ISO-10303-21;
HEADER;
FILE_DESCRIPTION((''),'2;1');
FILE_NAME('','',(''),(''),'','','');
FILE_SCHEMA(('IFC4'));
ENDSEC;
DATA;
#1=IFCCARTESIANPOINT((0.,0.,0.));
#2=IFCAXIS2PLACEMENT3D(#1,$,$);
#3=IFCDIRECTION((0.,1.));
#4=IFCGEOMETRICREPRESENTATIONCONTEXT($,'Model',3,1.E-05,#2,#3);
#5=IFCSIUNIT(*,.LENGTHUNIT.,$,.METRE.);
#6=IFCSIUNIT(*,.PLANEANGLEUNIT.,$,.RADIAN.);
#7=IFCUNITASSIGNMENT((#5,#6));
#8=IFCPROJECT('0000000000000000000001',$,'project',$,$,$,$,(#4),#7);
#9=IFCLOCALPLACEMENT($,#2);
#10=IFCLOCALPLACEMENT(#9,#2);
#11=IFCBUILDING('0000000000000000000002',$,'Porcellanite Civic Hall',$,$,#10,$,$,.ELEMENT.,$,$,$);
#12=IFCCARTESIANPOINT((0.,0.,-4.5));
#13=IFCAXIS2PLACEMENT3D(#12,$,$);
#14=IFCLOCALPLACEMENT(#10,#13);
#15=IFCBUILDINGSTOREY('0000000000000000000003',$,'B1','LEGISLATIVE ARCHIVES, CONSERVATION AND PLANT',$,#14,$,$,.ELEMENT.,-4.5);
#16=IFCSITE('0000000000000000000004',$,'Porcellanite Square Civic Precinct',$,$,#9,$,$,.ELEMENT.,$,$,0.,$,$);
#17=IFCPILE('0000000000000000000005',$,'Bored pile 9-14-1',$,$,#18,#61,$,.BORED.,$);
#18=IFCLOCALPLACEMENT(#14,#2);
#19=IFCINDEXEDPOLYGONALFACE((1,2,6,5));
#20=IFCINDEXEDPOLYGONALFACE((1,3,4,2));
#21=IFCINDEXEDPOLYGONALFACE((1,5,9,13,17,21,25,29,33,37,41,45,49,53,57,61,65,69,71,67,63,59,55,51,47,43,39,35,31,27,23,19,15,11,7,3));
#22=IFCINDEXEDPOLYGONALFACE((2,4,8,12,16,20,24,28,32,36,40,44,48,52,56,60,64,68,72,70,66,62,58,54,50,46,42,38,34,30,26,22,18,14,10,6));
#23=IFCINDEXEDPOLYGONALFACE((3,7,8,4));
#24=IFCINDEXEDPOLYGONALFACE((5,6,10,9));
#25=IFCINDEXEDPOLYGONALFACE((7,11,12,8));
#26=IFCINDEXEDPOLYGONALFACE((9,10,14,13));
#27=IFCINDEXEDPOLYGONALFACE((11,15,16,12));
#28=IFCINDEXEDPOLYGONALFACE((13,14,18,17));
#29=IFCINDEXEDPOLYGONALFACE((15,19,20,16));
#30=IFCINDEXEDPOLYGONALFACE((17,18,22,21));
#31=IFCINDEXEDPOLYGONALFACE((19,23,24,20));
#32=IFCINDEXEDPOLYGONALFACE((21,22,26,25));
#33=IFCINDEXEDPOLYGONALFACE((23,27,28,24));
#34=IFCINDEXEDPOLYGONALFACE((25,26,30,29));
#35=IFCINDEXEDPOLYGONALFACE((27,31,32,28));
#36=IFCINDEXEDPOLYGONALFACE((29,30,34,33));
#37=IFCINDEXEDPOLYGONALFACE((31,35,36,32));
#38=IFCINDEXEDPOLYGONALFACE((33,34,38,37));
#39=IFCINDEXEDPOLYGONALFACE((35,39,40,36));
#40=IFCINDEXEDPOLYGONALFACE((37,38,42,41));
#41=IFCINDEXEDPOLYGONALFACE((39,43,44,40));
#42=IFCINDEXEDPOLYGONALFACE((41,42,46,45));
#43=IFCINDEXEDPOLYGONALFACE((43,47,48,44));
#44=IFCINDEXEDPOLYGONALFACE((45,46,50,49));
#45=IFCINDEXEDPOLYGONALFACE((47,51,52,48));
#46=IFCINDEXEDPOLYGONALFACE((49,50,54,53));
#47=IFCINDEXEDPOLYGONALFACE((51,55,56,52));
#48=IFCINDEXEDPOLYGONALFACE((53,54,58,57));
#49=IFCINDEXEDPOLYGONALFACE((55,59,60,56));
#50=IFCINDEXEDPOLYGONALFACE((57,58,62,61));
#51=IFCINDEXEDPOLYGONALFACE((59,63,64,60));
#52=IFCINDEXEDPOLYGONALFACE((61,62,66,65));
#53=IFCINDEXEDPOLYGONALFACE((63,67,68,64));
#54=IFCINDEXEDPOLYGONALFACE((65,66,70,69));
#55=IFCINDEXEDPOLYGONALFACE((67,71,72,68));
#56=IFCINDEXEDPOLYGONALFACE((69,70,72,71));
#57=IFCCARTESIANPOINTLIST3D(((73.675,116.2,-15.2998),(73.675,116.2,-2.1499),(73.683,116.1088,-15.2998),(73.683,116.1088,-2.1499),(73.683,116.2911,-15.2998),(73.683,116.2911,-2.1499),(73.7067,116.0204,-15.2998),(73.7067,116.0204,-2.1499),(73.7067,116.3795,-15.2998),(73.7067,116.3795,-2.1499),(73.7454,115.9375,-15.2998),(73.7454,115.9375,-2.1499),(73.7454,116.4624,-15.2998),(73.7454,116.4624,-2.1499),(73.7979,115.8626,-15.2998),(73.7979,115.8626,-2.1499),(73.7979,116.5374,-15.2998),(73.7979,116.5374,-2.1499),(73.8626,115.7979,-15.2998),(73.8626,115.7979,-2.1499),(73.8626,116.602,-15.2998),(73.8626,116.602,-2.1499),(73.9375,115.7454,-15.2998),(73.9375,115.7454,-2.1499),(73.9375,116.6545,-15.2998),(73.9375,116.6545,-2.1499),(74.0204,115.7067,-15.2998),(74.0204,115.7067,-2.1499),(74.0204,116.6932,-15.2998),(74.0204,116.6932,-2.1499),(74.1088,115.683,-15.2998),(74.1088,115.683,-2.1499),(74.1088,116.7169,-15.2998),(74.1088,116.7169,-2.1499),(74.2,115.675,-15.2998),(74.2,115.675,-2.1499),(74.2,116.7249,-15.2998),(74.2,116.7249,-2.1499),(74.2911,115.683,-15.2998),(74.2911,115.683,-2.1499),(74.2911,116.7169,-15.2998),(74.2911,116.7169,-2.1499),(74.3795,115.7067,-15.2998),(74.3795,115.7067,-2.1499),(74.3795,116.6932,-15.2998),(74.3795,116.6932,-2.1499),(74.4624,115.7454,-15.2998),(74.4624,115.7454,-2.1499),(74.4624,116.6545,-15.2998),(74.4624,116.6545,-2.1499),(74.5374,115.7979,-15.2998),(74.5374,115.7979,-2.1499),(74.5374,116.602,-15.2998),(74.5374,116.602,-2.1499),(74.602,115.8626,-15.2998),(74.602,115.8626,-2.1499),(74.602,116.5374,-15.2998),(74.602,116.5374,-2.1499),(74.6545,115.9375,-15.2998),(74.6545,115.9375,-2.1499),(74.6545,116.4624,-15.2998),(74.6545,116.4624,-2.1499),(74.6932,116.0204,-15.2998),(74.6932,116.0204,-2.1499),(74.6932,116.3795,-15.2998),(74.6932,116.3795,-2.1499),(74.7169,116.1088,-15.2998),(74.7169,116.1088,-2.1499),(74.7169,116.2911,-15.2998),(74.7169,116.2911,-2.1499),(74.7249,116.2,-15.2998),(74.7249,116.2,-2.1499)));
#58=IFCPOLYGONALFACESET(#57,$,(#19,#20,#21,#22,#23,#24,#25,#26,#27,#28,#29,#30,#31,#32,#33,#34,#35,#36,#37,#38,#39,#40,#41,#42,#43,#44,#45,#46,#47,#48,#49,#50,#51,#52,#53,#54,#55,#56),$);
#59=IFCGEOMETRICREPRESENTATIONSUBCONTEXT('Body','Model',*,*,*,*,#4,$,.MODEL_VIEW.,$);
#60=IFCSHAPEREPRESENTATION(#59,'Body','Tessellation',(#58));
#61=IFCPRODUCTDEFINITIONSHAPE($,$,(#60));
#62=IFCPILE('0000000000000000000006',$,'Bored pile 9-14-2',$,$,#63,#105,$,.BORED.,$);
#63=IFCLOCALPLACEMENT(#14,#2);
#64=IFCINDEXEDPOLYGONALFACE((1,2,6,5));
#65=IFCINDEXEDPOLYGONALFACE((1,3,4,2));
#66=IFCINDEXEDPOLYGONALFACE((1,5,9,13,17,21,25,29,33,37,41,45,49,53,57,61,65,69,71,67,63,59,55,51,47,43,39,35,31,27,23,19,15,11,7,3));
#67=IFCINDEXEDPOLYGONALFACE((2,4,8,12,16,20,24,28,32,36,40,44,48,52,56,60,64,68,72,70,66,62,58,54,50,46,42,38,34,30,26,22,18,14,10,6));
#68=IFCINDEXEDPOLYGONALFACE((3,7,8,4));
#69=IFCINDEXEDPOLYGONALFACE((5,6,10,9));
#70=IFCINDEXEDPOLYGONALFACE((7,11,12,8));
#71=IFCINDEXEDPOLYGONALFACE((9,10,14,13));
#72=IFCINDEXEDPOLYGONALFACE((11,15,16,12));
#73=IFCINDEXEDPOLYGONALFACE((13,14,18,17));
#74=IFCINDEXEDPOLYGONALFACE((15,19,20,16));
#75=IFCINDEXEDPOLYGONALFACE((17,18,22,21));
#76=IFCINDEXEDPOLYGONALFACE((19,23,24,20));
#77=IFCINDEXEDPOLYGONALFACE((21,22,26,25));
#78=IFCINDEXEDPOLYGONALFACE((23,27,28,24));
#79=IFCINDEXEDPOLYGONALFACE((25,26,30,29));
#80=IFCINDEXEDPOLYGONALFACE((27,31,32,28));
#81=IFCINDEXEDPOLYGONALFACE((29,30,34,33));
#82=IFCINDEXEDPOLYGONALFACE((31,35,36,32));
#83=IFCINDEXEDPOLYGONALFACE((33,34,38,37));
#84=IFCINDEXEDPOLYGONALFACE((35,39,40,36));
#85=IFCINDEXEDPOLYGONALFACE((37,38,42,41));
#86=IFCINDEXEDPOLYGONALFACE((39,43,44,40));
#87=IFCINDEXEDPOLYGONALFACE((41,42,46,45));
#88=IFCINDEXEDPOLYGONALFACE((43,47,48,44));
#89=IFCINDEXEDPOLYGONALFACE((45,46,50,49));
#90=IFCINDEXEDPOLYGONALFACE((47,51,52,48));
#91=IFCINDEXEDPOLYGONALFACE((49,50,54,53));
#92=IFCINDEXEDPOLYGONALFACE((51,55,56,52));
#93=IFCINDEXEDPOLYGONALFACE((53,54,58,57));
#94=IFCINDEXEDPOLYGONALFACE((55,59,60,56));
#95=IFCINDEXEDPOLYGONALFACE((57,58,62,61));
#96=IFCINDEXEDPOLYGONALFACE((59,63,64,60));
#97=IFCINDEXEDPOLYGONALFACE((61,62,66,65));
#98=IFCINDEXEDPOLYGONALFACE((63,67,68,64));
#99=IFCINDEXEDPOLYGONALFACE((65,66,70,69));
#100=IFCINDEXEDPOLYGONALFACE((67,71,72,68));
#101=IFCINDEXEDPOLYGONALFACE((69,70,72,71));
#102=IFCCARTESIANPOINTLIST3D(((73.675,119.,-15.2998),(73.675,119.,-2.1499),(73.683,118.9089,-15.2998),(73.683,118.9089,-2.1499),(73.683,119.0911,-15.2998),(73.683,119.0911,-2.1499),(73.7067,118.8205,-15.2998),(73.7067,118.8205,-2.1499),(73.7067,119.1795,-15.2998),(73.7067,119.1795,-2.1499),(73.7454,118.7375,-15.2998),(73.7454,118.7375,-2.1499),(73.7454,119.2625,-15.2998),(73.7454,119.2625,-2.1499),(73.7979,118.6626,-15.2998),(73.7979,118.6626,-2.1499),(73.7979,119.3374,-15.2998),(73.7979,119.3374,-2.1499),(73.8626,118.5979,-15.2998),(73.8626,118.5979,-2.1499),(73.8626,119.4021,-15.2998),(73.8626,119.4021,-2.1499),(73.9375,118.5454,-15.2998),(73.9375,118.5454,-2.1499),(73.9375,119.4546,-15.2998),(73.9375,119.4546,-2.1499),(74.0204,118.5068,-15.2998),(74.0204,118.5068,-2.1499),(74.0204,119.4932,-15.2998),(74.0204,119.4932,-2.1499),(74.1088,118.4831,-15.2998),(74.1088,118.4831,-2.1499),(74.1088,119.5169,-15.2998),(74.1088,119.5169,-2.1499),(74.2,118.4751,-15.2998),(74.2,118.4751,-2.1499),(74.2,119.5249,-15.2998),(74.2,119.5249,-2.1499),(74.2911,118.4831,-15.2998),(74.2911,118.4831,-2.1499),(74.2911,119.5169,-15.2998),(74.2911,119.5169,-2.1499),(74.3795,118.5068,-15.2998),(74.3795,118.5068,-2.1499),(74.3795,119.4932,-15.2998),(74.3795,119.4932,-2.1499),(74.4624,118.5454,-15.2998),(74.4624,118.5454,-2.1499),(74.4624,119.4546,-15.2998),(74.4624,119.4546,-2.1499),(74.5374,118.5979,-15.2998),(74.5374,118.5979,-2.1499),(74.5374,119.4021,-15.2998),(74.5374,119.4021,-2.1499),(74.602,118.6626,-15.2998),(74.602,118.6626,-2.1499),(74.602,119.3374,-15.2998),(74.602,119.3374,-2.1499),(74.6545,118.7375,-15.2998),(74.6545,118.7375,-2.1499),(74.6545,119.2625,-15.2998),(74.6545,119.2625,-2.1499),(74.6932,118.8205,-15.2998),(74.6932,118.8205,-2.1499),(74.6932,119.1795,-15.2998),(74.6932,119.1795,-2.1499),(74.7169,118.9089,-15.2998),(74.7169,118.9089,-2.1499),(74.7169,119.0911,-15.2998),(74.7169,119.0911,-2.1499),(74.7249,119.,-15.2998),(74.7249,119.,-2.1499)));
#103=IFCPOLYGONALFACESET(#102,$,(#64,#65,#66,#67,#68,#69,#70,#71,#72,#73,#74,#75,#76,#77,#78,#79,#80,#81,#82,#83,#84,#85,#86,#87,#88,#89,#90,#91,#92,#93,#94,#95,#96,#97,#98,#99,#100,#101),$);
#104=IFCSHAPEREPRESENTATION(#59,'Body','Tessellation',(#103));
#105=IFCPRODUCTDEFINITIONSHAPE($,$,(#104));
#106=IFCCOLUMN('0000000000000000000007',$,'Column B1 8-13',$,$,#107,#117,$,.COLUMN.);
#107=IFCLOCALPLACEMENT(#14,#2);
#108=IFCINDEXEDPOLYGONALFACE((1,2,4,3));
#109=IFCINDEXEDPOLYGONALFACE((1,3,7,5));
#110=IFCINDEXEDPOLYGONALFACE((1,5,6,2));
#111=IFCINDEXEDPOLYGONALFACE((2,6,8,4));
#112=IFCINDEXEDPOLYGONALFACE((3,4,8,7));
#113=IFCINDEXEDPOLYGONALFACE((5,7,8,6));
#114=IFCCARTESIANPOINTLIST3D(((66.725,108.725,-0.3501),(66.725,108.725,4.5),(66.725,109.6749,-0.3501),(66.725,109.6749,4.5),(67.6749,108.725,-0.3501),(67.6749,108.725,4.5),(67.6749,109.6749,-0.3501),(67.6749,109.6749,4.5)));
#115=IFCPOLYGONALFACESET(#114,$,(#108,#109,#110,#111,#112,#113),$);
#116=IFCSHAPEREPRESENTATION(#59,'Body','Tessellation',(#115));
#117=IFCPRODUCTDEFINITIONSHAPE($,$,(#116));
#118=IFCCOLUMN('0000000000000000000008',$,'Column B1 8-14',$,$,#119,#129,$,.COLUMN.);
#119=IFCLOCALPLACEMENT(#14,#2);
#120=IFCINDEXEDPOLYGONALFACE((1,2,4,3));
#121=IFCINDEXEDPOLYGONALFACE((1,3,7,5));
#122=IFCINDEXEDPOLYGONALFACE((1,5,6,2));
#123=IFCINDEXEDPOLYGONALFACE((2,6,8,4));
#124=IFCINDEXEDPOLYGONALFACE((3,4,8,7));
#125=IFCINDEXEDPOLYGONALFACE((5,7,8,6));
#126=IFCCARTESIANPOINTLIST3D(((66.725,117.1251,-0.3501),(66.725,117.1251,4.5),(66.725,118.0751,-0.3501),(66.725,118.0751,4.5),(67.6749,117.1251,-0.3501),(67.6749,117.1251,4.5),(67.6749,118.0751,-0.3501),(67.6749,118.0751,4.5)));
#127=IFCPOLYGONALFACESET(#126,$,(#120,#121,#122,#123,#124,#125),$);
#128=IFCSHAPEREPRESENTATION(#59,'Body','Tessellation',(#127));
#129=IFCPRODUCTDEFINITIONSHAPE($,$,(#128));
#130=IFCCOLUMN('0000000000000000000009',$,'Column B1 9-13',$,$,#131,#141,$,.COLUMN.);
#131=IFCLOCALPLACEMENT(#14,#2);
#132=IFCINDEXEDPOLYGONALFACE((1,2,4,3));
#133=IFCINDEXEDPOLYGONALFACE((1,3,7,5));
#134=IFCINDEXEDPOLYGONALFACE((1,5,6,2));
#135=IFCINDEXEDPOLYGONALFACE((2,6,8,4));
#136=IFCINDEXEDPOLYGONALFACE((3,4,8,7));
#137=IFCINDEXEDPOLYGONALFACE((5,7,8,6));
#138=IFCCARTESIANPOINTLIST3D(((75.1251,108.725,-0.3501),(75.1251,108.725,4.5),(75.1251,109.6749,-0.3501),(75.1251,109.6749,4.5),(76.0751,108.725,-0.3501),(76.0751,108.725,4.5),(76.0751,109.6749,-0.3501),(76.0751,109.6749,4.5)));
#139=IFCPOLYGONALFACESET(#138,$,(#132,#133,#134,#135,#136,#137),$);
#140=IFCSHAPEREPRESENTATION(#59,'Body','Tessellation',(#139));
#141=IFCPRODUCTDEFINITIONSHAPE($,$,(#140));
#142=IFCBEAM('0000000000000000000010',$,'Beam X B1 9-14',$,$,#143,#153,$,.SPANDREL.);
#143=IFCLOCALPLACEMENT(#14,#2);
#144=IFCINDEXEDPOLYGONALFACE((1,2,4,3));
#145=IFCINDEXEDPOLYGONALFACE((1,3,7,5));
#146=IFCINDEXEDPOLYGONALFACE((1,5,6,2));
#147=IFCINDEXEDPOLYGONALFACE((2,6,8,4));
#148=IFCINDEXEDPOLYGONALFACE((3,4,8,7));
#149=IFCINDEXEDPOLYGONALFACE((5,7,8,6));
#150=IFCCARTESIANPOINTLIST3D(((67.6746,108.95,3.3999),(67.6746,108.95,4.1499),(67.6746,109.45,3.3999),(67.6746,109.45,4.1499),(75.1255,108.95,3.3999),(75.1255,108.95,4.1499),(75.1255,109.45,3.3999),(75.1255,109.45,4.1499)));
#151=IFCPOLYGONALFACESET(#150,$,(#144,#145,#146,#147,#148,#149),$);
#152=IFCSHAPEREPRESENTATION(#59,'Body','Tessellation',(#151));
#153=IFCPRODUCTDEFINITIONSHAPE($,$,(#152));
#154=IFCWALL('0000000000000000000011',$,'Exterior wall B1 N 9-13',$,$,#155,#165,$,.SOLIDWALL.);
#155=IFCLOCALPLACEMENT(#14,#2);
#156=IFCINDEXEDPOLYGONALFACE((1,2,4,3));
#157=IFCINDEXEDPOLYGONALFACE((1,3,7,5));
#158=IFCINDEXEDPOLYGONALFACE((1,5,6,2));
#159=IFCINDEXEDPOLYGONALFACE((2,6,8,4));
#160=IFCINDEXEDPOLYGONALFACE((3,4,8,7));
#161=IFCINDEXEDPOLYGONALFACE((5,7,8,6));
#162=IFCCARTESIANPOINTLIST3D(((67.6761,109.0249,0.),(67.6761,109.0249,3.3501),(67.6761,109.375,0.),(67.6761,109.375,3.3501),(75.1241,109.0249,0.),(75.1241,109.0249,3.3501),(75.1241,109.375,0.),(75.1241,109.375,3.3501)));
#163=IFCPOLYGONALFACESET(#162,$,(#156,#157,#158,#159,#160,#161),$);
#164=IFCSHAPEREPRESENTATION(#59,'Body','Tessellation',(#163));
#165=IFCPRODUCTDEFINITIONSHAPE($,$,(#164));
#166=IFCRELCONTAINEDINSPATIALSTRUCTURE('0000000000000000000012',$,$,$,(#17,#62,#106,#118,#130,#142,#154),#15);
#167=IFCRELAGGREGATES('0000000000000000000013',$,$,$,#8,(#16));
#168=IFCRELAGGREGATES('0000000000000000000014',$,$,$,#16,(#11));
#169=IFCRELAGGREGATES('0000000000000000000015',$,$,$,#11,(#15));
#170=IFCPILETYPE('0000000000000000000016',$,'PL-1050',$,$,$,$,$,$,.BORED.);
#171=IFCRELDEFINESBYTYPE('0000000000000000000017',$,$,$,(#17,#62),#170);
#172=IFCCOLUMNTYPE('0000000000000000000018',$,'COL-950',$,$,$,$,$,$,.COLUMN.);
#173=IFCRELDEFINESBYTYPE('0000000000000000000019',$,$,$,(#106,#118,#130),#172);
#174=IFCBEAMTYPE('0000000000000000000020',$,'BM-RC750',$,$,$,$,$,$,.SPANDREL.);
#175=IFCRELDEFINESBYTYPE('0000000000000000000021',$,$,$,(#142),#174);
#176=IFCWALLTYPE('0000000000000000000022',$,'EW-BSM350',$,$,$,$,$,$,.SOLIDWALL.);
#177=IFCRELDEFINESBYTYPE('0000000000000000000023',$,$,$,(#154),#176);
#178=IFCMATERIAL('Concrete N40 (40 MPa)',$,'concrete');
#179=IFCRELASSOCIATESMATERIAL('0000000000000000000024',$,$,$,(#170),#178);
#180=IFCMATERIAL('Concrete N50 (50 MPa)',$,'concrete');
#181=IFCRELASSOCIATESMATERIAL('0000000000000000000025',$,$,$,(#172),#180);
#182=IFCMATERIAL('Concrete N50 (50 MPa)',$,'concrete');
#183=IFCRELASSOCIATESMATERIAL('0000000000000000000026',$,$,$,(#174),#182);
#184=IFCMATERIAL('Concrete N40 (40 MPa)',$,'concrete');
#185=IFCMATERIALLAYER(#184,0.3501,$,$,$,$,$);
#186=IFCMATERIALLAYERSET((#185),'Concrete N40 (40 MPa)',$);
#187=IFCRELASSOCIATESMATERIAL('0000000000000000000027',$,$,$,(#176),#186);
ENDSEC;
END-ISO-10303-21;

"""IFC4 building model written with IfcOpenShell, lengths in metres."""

from ifc_helpers import new_model, si_unit, direction, frame, frame_2d, origin, origin_2d, place, context, subcontext, project, spatial, rectangle, circle, extrude, material, layer, layer_set, material_profile, profile_set, type_object, element, save


model = new_model("IFC4")

# Units and contexts
model_context = context("Model", 3, precision=1e-05, world=origin(), true_north=direction((0.0, 1.0)))
body_context = subcontext(model_context, "Body", "Model", "MODEL_VIEW")
ifc_project = project(units=[si_unit("LENGTHUNIT", "METRE"), si_unit("PLANEANGLEUNIT", "RADIAN")], contexts=[model_context])

# Site, building, storey
site_placement = place(None, origin())
site = spatial("IfcSite", under=ifc_project, at=site_placement, Name="Porcellanite Square Civic Precinct", CompositionType="ELEMENT", RefElevation=0.0)
building_placement = place(site_placement, origin())
building = spatial("IfcBuilding", under=site, at=building_placement, Name="Porcellanite Civic Hall", CompositionType="ELEMENT")
storey_placement = place(building_placement, frame((0.0, 0.0, -4.5)))
storey = spatial("IfcBuildingStorey", under=building, at=storey_placement, Name="B1", Description="LEGISLATIVE ARCHIVES, CONSERVATION AND PLANT", CompositionType="ELEMENT", Elevation=-4.5)

# Piles
ifc_material_1 = material(Name="Concrete N40 (40 MPa)", Category="concrete")
ifc_material_profile_1 = material_profile(ifc_material_1, circle(Radius=0.5249, at=origin_2d()), Name="PILE-D1050")
ifc_profile_set_1 = profile_set([ifc_material_profile_1], Name="Concrete N40 (40 MPa)")
pile_type = type_object("IfcPileType", Name="PL-1050", PredefinedType="BORED", material=ifc_profile_set_1)
for number, where, z_axis, x_axis, name in (
    (1, (74.2, 116.2, -2.1499), (0.0, 0.0, -1.0), (1.0, 0.0, 0.0), "Bored pile 9-14-1"),
    (2, (74.2, 119.0, -2.1499), (0.0, 0.0, -1.0), (1.0, 0.0, 0.0), "Bored pile 9-14-2"),
):
    element("IfcPile", number, at=place(storey_placement, frame(where, z_axis=z_axis, x_axis=x_axis)), inside=storey, type_object=pile_type, Name=name, PredefinedType="BORED", context=body_context, shape_type="SweptSolid", body=[
        extrude(circle(Radius=0.5249, at=origin_2d()), origin(), (0.0, 0.0, 1.0), 13.1499),
    ])

# Columns
ifc_material_2 = material(Name="Concrete N50 (50 MPa)", Category="concrete")
ifc_material_profile_2 = material_profile(ifc_material_2, rectangle(XDim=0.95, YDim=0.95, at=origin_2d()), Name="RC-950x950")
ifc_profile_set_2 = profile_set([ifc_material_profile_2], Name="Concrete N50 (50 MPa)")
column_type = type_object("IfcColumnType", Name="COL-950", PredefinedType="COLUMN", material=ifc_profile_set_2)
for number, where, z_axis, x_axis, name in (
    (3, (67.2, 109.2, -0.3501), (0.0, 0.0, 1.0), (1.0, 0.0, 0.0), "Column B1 8-13"),
    (4, (67.2, 117.6001, -0.3501), (0.0, 0.0, 1.0), (1.0, 0.0, 0.0), "Column B1 8-14"),
    (5, (75.6001, 109.2, -0.3501), (0.0, 0.0, 1.0), (1.0, 0.0, 0.0), "Column B1 9-13"),
):
    element("IfcColumn", number, at=place(storey_placement, frame(where, z_axis=z_axis, x_axis=x_axis)), inside=storey, type_object=column_type, Name=name, PredefinedType="COLUMN", context=body_context, shape_type="SweptSolid", body=[
        extrude(rectangle(XDim=0.95, YDim=0.95, at=origin_2d()), origin(), (0.0, 0.0, 1.0), 4.8501),
    ])

# Beam
ifc_material_3 = material(Name="Concrete N50 (50 MPa)", Category="concrete")
ifc_material_profile_3 = material_profile(ifc_material_3, rectangle(XDim=0.5, YDim=0.75, at=origin_2d()), Name="RC-500x750")
ifc_profile_set_3 = profile_set([ifc_material_profile_3], Name="Concrete N50 (50 MPa)")
beam_type = type_object("IfcBeamType", Name="BM-RC750", PredefinedType="SPANDREL", material=ifc_profile_set_3)
beam_placement = place(storey_placement, frame((67.6746, 109.2, 3.7749), z_axis=(1.0, 0.0, 0.0), x_axis=(0.0, 1.0, 0.0)))
element("IfcBeam", 6, at=beam_placement, inside=storey, type_object=beam_type, Name="Beam X B1 9-14", PredefinedType="SPANDREL", context=body_context, shape_type="SweptSolid", body=[
    extrude(rectangle(XDim=0.5, YDim=0.75, at=origin_2d()), origin(), (0.0, 0.0, 1.0), 7.4509),
])

# Wall
ifc_material_4 = material(Name="Concrete N40 (40 MPa)", Category="concrete")
ifc_layer = layer(ifc_material_4, 0.3501)
ifc_layer_set = layer_set([ifc_layer], Name="Concrete N40 (40 MPa)")
wall_type = type_object("IfcWallType", Name="EW-BSM350", PredefinedType="SOLIDWALL", material=ifc_layer_set)
wall_placement = place(storey_placement, frame((67.676, 109.2, 0.0), z_axis=(0.0, 0.0, 1.0), x_axis=(1.0, 0.0, 0.0)))
element("IfcWall", 7, at=wall_placement, inside=storey, type_object=wall_type, Name="Exterior wall B1 N 9-13", PredefinedType="SOLIDWALL", context=body_context, shape_type="SweptSolid", body=[
    extrude(rectangle(XDim=7.448, YDim=0.3501, at=frame_2d((3.7241, 0.0))), origin(), (0.0, 0.0, 1.0), 3.3501),
])

save(model, "model.ifc")
